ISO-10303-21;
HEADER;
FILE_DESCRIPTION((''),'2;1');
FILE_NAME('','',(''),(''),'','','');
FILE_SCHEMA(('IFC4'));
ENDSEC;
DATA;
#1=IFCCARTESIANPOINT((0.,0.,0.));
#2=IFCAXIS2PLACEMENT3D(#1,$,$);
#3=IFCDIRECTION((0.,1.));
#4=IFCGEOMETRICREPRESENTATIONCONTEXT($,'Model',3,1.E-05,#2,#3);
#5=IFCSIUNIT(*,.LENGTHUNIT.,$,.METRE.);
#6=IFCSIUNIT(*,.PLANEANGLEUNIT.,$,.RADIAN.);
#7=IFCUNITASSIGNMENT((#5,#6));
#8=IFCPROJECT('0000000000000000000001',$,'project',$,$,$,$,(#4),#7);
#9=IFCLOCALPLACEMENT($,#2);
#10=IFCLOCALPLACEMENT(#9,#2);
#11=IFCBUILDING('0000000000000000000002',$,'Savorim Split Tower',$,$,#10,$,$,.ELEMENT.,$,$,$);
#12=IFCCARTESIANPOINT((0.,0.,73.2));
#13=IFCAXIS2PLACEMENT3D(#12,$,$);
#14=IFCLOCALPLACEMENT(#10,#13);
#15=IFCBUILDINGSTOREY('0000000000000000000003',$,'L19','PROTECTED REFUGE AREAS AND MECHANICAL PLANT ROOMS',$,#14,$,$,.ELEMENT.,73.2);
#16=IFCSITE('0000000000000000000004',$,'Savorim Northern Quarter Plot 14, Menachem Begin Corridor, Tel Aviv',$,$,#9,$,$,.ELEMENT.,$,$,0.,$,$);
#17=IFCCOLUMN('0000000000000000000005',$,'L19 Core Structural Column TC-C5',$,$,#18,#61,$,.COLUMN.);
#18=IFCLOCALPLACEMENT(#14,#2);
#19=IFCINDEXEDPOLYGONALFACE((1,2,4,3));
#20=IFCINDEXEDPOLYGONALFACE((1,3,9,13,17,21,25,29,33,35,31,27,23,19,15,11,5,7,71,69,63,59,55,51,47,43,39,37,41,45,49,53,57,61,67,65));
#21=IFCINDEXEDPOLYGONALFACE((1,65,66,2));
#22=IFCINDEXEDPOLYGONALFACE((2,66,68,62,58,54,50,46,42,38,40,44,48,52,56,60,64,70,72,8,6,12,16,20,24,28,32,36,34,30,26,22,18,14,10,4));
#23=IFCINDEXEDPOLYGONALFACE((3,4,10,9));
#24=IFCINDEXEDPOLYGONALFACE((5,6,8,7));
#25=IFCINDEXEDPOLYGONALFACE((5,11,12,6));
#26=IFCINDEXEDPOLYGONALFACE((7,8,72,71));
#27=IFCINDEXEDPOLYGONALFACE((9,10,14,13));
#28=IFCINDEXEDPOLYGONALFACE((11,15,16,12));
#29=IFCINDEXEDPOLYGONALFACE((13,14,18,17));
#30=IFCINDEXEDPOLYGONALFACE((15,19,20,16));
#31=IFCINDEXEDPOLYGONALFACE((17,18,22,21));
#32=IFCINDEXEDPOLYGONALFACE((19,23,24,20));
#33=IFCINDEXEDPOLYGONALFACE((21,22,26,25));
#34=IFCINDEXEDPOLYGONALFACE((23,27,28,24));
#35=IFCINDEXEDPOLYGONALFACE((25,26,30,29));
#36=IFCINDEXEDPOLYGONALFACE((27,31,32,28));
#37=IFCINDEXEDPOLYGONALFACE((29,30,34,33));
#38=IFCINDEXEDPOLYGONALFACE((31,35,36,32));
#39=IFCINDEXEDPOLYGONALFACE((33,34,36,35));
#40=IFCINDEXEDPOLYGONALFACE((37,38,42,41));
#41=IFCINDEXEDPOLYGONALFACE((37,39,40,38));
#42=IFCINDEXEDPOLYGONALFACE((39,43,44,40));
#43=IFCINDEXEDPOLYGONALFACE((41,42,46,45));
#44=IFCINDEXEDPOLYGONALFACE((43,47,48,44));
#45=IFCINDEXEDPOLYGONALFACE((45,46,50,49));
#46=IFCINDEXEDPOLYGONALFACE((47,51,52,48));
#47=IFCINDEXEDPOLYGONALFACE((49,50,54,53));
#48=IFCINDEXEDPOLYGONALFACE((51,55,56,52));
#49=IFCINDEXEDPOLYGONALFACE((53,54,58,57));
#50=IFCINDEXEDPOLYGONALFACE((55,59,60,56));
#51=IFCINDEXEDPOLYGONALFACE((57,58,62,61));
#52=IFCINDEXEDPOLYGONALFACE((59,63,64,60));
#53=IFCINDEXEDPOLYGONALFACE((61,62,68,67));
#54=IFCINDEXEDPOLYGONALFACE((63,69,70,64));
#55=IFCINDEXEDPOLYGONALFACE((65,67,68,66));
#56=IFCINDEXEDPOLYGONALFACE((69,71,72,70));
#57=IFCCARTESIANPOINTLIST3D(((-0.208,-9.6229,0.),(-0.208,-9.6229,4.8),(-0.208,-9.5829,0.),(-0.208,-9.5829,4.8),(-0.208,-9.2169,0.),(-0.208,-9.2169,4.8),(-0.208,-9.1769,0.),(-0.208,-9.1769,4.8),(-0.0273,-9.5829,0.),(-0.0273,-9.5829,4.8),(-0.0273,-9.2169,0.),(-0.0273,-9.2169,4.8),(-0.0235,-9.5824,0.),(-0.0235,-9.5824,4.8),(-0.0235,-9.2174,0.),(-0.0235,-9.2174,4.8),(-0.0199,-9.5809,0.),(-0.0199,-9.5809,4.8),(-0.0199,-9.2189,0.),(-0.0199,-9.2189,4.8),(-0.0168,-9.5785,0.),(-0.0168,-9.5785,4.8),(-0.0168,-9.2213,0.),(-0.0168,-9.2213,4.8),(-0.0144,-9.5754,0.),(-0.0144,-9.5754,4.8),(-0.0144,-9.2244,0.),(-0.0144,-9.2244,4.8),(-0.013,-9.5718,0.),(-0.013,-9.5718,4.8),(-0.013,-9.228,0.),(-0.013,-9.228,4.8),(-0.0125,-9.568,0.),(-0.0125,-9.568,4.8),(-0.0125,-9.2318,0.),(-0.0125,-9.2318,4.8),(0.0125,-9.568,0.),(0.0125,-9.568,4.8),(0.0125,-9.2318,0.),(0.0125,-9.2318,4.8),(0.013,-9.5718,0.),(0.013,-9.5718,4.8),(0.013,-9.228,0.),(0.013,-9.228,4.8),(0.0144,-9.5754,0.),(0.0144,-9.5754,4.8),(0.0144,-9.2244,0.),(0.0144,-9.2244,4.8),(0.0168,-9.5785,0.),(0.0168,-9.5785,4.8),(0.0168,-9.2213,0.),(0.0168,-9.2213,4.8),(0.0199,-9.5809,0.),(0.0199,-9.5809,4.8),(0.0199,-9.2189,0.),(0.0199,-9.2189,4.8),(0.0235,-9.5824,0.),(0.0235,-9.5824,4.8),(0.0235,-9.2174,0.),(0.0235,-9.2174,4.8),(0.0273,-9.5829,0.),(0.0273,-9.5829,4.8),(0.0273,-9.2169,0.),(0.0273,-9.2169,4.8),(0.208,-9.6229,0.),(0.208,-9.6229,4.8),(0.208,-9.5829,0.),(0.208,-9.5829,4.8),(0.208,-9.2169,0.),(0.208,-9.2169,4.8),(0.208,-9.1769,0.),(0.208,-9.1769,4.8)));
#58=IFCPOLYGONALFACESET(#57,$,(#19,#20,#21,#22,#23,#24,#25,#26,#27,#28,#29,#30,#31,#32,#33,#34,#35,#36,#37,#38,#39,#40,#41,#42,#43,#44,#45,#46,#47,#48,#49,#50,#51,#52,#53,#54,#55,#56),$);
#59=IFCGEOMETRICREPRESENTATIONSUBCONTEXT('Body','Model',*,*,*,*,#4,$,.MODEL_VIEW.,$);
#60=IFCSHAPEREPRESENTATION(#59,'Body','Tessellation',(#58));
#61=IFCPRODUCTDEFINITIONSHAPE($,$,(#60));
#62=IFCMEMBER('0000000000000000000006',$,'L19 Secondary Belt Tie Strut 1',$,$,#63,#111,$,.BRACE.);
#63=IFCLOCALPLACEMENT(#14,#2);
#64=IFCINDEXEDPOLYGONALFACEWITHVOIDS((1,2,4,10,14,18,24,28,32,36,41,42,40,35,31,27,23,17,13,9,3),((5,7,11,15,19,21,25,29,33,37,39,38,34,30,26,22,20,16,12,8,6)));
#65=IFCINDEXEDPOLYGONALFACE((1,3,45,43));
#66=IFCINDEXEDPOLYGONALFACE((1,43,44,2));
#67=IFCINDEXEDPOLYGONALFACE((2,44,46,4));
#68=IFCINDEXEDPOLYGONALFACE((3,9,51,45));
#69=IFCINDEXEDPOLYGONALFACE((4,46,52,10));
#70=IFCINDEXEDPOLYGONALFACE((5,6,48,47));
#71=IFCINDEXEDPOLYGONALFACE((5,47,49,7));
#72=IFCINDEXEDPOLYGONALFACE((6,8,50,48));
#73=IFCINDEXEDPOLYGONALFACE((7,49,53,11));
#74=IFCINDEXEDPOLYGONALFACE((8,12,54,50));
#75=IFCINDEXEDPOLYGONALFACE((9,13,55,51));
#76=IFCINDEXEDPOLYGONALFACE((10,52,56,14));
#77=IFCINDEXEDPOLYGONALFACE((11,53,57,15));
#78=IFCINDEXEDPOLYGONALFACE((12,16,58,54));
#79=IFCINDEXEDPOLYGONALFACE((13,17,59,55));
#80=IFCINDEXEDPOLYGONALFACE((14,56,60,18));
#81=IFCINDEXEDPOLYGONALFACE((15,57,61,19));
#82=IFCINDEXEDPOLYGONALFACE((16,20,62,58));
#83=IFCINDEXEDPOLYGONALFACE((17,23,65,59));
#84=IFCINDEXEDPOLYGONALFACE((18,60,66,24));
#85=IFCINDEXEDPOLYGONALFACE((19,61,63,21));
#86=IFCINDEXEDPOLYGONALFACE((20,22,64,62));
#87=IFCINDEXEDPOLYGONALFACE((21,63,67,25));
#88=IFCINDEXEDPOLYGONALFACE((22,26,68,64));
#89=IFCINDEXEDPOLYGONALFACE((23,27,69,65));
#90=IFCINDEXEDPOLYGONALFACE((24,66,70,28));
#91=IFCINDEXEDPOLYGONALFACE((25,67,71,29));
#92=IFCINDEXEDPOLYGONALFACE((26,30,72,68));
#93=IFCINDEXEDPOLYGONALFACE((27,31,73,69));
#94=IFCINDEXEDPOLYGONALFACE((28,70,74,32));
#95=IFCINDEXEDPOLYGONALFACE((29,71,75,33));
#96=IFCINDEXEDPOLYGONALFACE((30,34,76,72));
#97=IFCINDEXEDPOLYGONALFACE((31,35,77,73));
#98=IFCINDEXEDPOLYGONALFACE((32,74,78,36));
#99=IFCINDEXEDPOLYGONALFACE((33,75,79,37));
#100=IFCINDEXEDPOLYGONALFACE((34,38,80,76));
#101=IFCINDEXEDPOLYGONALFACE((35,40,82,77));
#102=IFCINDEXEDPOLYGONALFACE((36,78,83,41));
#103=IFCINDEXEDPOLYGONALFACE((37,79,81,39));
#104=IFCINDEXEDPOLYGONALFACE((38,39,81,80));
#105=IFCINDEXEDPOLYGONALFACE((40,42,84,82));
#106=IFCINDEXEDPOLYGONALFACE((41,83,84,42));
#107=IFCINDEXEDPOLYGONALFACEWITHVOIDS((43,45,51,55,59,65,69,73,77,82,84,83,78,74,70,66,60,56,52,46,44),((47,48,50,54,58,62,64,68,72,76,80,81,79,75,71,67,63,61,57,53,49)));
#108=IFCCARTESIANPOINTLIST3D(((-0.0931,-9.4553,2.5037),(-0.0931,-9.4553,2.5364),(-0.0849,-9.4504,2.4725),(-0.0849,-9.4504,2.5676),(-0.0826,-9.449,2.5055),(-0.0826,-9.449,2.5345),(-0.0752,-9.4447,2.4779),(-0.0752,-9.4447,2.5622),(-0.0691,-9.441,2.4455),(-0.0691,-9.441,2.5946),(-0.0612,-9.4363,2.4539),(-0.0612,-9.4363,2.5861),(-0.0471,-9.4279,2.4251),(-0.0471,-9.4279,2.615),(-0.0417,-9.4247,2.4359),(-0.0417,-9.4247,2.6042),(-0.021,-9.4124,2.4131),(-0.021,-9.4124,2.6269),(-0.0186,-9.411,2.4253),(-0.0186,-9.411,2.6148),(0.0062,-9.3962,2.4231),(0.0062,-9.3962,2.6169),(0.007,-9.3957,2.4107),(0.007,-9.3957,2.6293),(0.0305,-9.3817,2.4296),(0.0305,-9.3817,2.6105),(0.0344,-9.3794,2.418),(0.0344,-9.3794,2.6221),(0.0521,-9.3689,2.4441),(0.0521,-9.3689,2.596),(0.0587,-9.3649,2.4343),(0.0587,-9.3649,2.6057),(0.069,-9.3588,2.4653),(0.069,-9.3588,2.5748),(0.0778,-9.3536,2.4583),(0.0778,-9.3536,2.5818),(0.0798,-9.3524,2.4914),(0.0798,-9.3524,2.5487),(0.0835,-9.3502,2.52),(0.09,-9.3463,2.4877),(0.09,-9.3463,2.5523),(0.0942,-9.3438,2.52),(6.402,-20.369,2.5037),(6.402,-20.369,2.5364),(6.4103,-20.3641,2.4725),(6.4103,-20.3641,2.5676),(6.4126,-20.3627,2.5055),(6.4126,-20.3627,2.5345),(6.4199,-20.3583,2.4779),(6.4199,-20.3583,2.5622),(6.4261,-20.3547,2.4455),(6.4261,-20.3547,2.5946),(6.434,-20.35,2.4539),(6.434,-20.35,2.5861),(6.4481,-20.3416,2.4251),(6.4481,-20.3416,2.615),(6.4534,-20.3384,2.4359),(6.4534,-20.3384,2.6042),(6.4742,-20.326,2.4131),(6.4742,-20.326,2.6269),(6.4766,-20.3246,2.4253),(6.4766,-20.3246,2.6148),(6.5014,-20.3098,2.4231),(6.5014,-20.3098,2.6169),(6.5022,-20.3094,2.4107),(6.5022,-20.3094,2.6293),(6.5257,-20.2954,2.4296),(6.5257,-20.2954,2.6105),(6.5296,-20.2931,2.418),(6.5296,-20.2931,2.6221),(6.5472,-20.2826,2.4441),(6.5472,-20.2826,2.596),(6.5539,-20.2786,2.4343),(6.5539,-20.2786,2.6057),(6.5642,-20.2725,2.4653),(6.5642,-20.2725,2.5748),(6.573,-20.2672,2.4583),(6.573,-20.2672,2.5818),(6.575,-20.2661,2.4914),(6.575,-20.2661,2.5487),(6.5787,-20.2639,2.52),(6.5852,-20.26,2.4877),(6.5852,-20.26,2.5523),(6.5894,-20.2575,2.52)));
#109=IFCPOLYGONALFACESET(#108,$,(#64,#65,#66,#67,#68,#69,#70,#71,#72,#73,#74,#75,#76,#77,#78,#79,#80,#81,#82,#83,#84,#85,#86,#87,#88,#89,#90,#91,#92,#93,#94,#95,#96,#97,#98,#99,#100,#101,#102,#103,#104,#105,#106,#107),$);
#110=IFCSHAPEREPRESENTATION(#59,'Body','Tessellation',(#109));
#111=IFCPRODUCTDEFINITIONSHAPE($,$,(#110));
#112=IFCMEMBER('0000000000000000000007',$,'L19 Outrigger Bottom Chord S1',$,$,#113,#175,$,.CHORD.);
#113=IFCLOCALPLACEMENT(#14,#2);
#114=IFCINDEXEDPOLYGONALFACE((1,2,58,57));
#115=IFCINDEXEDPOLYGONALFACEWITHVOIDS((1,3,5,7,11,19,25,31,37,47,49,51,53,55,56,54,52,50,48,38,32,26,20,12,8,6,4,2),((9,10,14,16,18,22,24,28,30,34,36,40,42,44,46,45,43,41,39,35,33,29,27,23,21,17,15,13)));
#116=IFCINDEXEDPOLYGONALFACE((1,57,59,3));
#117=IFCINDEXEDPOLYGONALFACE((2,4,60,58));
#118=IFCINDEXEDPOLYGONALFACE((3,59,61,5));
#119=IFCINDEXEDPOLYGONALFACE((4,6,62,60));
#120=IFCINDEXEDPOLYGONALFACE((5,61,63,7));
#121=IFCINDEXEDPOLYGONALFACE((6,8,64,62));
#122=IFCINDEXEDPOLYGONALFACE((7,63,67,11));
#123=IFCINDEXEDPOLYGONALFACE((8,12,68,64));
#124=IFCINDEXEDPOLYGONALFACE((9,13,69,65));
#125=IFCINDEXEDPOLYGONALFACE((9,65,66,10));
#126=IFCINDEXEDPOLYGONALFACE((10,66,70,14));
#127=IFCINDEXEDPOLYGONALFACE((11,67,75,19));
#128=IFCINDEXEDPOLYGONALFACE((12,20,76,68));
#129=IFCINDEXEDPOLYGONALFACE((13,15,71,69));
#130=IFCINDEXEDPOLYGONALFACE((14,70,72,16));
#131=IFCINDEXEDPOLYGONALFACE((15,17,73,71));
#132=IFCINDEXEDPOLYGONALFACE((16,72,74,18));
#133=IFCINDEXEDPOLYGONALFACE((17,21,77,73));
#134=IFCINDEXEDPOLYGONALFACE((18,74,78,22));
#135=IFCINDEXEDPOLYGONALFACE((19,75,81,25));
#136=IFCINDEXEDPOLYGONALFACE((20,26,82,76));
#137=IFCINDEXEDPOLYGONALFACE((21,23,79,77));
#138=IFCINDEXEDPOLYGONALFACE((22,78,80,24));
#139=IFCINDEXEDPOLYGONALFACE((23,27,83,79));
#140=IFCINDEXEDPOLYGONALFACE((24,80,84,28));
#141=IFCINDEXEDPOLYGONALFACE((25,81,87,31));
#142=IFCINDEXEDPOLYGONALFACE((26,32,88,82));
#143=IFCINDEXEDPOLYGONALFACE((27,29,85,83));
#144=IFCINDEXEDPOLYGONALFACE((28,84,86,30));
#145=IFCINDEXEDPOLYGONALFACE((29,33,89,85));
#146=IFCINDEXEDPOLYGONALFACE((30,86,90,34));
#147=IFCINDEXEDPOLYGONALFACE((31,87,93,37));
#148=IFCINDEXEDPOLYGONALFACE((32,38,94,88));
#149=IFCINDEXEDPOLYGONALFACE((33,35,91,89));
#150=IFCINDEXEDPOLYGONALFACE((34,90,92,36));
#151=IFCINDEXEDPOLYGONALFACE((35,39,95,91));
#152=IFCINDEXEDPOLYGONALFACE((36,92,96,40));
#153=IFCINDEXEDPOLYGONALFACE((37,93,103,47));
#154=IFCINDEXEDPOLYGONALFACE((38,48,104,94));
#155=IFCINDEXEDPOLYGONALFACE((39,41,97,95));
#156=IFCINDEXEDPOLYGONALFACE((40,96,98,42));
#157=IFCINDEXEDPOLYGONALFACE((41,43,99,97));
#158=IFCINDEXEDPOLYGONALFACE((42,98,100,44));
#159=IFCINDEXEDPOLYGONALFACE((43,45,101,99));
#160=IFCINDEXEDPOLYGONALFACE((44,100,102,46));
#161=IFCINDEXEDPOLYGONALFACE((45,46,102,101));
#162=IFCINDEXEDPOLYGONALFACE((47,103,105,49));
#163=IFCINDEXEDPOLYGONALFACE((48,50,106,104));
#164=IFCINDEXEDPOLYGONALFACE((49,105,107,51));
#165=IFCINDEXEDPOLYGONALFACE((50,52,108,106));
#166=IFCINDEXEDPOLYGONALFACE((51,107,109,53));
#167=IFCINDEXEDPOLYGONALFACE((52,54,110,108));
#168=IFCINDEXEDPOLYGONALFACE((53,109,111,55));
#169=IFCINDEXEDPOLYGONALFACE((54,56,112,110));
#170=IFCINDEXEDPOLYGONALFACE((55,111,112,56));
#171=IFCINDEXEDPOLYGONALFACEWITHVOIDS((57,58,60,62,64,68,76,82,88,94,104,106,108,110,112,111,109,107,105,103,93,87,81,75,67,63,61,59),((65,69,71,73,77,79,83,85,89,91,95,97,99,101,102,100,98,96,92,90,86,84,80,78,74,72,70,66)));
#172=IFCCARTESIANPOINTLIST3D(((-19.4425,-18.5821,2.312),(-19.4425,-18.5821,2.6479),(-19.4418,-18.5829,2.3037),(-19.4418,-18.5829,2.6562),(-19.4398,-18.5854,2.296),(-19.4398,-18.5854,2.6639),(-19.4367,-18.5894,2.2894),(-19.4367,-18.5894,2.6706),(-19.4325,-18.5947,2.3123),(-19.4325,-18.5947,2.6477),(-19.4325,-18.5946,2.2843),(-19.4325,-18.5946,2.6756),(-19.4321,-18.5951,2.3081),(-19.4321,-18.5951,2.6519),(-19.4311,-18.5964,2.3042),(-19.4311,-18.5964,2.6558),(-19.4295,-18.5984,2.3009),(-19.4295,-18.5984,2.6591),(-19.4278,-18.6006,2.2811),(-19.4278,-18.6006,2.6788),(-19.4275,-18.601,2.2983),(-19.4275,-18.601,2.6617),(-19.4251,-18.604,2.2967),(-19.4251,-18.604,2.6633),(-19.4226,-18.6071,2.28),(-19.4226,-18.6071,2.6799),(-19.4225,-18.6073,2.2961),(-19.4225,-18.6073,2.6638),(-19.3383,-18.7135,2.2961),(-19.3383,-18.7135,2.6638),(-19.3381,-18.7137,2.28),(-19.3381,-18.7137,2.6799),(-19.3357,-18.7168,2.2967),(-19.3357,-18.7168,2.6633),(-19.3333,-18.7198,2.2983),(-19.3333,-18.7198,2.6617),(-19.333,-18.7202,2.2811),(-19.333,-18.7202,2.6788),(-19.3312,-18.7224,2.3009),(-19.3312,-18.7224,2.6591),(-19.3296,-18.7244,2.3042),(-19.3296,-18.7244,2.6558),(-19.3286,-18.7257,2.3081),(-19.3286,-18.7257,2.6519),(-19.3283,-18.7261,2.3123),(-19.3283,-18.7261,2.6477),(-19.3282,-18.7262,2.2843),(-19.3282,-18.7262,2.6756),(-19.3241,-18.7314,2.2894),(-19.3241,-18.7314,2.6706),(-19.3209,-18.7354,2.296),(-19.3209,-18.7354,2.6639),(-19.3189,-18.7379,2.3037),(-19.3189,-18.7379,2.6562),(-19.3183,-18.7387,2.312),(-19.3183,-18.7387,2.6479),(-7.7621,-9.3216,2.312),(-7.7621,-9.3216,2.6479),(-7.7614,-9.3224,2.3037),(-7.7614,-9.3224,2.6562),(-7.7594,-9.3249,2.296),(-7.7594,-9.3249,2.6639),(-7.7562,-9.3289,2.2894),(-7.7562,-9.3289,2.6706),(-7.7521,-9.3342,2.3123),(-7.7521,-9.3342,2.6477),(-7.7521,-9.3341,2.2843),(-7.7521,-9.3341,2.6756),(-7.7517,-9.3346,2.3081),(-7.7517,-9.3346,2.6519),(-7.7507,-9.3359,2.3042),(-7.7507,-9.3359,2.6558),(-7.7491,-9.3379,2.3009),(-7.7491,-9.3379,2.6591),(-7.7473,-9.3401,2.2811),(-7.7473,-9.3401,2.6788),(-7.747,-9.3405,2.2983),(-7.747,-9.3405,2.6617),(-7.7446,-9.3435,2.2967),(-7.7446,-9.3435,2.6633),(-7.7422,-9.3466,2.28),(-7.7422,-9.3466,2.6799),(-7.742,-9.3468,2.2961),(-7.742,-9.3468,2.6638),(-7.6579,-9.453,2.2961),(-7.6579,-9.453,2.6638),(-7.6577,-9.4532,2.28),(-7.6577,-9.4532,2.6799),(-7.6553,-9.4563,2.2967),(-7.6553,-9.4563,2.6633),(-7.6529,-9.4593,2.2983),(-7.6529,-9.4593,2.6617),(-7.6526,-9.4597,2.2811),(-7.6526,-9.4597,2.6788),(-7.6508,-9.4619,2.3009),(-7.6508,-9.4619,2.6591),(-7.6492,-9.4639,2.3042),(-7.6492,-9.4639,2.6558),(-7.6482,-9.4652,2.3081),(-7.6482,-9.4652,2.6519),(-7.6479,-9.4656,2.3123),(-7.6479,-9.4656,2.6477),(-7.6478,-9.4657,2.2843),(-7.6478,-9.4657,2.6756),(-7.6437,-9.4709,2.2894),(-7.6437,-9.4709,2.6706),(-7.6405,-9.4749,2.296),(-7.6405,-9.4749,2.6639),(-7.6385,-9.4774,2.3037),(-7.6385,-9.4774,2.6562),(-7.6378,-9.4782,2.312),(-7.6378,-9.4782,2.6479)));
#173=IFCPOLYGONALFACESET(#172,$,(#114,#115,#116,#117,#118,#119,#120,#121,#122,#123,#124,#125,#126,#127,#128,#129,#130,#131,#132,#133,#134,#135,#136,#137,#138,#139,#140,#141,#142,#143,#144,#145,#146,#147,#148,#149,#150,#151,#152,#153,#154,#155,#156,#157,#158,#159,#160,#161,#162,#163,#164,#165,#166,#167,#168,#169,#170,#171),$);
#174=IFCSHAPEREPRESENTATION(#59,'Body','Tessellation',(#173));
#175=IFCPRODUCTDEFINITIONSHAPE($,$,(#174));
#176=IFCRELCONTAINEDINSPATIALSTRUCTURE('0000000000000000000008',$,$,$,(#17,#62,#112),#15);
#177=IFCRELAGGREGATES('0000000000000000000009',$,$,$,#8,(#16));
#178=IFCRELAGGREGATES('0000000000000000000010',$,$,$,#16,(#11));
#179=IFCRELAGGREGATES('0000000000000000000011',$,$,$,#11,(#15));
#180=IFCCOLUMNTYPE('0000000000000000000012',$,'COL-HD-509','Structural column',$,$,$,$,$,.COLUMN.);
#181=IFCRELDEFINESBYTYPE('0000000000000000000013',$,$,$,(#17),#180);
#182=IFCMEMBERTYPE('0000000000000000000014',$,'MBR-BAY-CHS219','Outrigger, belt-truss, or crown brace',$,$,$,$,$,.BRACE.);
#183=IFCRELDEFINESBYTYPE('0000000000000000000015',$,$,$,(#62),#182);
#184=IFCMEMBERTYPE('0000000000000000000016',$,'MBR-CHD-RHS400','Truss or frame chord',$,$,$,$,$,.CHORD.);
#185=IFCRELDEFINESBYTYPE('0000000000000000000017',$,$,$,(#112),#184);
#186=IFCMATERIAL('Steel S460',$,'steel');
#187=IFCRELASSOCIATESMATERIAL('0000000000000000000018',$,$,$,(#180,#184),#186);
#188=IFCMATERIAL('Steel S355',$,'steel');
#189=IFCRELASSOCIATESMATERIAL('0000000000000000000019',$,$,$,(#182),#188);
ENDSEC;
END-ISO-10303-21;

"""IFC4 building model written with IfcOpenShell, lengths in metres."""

from ifc_helpers import new_model, si_unit, direction, frame, origin, origin_2d, place, context, subcontext, project, spatial, hollow_rectangle, hollow_circle, i_section, extrude, material, material_profile, profile_set, type_object, element, save


model = new_model("IFC4")

# Units and contexts
model_context = context("Model", 3, precision=1e-05, world=origin(), true_north=direction((0.0, 1.0)))
body_context = subcontext(model_context, "Body", "Model", "MODEL_VIEW")
ifc_project = project(units=[si_unit("LENGTHUNIT", "METRE"), si_unit("PLANEANGLEUNIT", "RADIAN")], contexts=[model_context])

# Site, building, storey
site_placement = place(None, origin())
site = spatial("IfcSite", under=ifc_project, at=site_placement, Name="Savorim Northern Quarter Plot 14, Menachem Begin Corridor, Tel Aviv", CompositionType="ELEMENT", RefElevation=0.0)
building_placement = place(site_placement, origin())
building = spatial("IfcBuilding", under=site, at=building_placement, Name="Savorim Split Tower", CompositionType="ELEMENT")
storey_placement = place(building_placement, frame((0.0, 0.0, 73.2)))
storey = spatial("IfcBuildingStorey", under=building, at=storey_placement, Name="L19", Description="PROTECTED REFUGE AREAS AND MECHANICAL PLANT ROOMS", CompositionType="ELEMENT", Elevation=73.2)

# Column
ifc_material_1 = material(Name="Steel S460", Category="steel")
ifc_material_profile_1 = material_profile(ifc_material_1, i_section(OverallWidth=0.416, OverallDepth=0.446, WebThickness=0.0249, FlangeThickness=0.04, FilletRadius=0.0149, at=origin_2d()), Name="HD 400x509")
ifc_profile_set_1 = profile_set([ifc_material_profile_1], Name="Steel S460")
column_type = type_object("IfcColumnType", Name="COL-HD-509", Description="Structural column", PredefinedType="COLUMN", material=ifc_profile_set_1)
column_placement = place(storey_placement, frame((0.0, -9.3999, 0.0), z_axis=(0.0, 0.0, 1.0), x_axis=(1.0, 0.0, 0.0)))
element("IfcColumn", 1, at=column_placement, inside=storey, type_object=column_type, Name="L19 Core Structural Column TC-C5", PredefinedType="COLUMN", context=body_context, shape_type="SweptSolid", body=[
    extrude(i_section(OverallWidth=0.416, OverallDepth=0.446, WebThickness=0.0249, FlangeThickness=0.04, FilletRadius=0.0149, at=origin_2d()), origin(), (0.0, 0.0, 1.0), 4.8),
])

# Members
ifc_material_2 = material(Name="Steel S355", Category="steel")
ifc_material_profile_2 = material_profile(ifc_material_2, hollow_circle(Radius=0.1096, WallThickness=0.0125, at=origin_2d()), Name="CHS 219.1x12.5")
ifc_profile_set_2 = profile_set([ifc_material_profile_2], Name="Steel S355")
member_type_1 = type_object("IfcMemberType", Name="MBR-BAY-CHS219", Description="Outrigger, belt-truss, or crown brace", PredefinedType="BRACE", material=ifc_profile_set_2)
member_1_placement = place(storey_placement, frame((0.0, -9.3999, 2.52), z_axis=(0.511422, -0.859329, 0.0), x_axis=(0.859329, 0.511422, 0.0)))
element("IfcMember", 2, at=member_1_placement, inside=storey, type_object=member_type_1, Name="L19 Secondary Belt Tie Strut 1", PredefinedType="BRACE", context=body_context, shape_type="SweptSolid", body=[
    extrude(hollow_circle(Radius=0.1096, WallThickness=0.0125, at=origin_2d()), origin(), (0.0, 0.0, 1.0), 12.7002),
])
ifc_material_profile_3 = material_profile(ifc_material_1, hollow_rectangle(XDim=0.2, YDim=0.3999, WallThickness=0.0161, InnerFilletRadius=0.0161, OuterFilletRadius=0.032, at=origin_2d()), Name="RHS 400x200x16")
ifc_profile_set_3 = profile_set([ifc_material_profile_3], Name="Steel S460")
member_type_2 = type_object("IfcMemberType", Name="MBR-CHD-RHS400", Description="Truss or frame chord", PredefinedType="CHORD", material=ifc_profile_set_3)
member_2_placement = place(storey_placement, frame((-7.7, -9.3999, 2.48), z_axis=(-0.783605, -0.621259, 0.0), x_axis=(0.621259, -0.783605, 0.0)))
element("IfcMember", 3, at=member_2_placement, inside=storey, type_object=member_type_2, Name="L19 Outrigger Bottom Chord S1", PredefinedType="CHORD", context=body_context, shape_type="SweptSolid", body=[
    extrude(hollow_rectangle(XDim=0.2, YDim=0.3999, WallThickness=0.0161, InnerFilletRadius=0.0161, OuterFilletRadius=0.032, at=origin_2d()), origin(), (0.0, 0.0, 1.0), 14.906),
])

save(model, "model.ifc")
